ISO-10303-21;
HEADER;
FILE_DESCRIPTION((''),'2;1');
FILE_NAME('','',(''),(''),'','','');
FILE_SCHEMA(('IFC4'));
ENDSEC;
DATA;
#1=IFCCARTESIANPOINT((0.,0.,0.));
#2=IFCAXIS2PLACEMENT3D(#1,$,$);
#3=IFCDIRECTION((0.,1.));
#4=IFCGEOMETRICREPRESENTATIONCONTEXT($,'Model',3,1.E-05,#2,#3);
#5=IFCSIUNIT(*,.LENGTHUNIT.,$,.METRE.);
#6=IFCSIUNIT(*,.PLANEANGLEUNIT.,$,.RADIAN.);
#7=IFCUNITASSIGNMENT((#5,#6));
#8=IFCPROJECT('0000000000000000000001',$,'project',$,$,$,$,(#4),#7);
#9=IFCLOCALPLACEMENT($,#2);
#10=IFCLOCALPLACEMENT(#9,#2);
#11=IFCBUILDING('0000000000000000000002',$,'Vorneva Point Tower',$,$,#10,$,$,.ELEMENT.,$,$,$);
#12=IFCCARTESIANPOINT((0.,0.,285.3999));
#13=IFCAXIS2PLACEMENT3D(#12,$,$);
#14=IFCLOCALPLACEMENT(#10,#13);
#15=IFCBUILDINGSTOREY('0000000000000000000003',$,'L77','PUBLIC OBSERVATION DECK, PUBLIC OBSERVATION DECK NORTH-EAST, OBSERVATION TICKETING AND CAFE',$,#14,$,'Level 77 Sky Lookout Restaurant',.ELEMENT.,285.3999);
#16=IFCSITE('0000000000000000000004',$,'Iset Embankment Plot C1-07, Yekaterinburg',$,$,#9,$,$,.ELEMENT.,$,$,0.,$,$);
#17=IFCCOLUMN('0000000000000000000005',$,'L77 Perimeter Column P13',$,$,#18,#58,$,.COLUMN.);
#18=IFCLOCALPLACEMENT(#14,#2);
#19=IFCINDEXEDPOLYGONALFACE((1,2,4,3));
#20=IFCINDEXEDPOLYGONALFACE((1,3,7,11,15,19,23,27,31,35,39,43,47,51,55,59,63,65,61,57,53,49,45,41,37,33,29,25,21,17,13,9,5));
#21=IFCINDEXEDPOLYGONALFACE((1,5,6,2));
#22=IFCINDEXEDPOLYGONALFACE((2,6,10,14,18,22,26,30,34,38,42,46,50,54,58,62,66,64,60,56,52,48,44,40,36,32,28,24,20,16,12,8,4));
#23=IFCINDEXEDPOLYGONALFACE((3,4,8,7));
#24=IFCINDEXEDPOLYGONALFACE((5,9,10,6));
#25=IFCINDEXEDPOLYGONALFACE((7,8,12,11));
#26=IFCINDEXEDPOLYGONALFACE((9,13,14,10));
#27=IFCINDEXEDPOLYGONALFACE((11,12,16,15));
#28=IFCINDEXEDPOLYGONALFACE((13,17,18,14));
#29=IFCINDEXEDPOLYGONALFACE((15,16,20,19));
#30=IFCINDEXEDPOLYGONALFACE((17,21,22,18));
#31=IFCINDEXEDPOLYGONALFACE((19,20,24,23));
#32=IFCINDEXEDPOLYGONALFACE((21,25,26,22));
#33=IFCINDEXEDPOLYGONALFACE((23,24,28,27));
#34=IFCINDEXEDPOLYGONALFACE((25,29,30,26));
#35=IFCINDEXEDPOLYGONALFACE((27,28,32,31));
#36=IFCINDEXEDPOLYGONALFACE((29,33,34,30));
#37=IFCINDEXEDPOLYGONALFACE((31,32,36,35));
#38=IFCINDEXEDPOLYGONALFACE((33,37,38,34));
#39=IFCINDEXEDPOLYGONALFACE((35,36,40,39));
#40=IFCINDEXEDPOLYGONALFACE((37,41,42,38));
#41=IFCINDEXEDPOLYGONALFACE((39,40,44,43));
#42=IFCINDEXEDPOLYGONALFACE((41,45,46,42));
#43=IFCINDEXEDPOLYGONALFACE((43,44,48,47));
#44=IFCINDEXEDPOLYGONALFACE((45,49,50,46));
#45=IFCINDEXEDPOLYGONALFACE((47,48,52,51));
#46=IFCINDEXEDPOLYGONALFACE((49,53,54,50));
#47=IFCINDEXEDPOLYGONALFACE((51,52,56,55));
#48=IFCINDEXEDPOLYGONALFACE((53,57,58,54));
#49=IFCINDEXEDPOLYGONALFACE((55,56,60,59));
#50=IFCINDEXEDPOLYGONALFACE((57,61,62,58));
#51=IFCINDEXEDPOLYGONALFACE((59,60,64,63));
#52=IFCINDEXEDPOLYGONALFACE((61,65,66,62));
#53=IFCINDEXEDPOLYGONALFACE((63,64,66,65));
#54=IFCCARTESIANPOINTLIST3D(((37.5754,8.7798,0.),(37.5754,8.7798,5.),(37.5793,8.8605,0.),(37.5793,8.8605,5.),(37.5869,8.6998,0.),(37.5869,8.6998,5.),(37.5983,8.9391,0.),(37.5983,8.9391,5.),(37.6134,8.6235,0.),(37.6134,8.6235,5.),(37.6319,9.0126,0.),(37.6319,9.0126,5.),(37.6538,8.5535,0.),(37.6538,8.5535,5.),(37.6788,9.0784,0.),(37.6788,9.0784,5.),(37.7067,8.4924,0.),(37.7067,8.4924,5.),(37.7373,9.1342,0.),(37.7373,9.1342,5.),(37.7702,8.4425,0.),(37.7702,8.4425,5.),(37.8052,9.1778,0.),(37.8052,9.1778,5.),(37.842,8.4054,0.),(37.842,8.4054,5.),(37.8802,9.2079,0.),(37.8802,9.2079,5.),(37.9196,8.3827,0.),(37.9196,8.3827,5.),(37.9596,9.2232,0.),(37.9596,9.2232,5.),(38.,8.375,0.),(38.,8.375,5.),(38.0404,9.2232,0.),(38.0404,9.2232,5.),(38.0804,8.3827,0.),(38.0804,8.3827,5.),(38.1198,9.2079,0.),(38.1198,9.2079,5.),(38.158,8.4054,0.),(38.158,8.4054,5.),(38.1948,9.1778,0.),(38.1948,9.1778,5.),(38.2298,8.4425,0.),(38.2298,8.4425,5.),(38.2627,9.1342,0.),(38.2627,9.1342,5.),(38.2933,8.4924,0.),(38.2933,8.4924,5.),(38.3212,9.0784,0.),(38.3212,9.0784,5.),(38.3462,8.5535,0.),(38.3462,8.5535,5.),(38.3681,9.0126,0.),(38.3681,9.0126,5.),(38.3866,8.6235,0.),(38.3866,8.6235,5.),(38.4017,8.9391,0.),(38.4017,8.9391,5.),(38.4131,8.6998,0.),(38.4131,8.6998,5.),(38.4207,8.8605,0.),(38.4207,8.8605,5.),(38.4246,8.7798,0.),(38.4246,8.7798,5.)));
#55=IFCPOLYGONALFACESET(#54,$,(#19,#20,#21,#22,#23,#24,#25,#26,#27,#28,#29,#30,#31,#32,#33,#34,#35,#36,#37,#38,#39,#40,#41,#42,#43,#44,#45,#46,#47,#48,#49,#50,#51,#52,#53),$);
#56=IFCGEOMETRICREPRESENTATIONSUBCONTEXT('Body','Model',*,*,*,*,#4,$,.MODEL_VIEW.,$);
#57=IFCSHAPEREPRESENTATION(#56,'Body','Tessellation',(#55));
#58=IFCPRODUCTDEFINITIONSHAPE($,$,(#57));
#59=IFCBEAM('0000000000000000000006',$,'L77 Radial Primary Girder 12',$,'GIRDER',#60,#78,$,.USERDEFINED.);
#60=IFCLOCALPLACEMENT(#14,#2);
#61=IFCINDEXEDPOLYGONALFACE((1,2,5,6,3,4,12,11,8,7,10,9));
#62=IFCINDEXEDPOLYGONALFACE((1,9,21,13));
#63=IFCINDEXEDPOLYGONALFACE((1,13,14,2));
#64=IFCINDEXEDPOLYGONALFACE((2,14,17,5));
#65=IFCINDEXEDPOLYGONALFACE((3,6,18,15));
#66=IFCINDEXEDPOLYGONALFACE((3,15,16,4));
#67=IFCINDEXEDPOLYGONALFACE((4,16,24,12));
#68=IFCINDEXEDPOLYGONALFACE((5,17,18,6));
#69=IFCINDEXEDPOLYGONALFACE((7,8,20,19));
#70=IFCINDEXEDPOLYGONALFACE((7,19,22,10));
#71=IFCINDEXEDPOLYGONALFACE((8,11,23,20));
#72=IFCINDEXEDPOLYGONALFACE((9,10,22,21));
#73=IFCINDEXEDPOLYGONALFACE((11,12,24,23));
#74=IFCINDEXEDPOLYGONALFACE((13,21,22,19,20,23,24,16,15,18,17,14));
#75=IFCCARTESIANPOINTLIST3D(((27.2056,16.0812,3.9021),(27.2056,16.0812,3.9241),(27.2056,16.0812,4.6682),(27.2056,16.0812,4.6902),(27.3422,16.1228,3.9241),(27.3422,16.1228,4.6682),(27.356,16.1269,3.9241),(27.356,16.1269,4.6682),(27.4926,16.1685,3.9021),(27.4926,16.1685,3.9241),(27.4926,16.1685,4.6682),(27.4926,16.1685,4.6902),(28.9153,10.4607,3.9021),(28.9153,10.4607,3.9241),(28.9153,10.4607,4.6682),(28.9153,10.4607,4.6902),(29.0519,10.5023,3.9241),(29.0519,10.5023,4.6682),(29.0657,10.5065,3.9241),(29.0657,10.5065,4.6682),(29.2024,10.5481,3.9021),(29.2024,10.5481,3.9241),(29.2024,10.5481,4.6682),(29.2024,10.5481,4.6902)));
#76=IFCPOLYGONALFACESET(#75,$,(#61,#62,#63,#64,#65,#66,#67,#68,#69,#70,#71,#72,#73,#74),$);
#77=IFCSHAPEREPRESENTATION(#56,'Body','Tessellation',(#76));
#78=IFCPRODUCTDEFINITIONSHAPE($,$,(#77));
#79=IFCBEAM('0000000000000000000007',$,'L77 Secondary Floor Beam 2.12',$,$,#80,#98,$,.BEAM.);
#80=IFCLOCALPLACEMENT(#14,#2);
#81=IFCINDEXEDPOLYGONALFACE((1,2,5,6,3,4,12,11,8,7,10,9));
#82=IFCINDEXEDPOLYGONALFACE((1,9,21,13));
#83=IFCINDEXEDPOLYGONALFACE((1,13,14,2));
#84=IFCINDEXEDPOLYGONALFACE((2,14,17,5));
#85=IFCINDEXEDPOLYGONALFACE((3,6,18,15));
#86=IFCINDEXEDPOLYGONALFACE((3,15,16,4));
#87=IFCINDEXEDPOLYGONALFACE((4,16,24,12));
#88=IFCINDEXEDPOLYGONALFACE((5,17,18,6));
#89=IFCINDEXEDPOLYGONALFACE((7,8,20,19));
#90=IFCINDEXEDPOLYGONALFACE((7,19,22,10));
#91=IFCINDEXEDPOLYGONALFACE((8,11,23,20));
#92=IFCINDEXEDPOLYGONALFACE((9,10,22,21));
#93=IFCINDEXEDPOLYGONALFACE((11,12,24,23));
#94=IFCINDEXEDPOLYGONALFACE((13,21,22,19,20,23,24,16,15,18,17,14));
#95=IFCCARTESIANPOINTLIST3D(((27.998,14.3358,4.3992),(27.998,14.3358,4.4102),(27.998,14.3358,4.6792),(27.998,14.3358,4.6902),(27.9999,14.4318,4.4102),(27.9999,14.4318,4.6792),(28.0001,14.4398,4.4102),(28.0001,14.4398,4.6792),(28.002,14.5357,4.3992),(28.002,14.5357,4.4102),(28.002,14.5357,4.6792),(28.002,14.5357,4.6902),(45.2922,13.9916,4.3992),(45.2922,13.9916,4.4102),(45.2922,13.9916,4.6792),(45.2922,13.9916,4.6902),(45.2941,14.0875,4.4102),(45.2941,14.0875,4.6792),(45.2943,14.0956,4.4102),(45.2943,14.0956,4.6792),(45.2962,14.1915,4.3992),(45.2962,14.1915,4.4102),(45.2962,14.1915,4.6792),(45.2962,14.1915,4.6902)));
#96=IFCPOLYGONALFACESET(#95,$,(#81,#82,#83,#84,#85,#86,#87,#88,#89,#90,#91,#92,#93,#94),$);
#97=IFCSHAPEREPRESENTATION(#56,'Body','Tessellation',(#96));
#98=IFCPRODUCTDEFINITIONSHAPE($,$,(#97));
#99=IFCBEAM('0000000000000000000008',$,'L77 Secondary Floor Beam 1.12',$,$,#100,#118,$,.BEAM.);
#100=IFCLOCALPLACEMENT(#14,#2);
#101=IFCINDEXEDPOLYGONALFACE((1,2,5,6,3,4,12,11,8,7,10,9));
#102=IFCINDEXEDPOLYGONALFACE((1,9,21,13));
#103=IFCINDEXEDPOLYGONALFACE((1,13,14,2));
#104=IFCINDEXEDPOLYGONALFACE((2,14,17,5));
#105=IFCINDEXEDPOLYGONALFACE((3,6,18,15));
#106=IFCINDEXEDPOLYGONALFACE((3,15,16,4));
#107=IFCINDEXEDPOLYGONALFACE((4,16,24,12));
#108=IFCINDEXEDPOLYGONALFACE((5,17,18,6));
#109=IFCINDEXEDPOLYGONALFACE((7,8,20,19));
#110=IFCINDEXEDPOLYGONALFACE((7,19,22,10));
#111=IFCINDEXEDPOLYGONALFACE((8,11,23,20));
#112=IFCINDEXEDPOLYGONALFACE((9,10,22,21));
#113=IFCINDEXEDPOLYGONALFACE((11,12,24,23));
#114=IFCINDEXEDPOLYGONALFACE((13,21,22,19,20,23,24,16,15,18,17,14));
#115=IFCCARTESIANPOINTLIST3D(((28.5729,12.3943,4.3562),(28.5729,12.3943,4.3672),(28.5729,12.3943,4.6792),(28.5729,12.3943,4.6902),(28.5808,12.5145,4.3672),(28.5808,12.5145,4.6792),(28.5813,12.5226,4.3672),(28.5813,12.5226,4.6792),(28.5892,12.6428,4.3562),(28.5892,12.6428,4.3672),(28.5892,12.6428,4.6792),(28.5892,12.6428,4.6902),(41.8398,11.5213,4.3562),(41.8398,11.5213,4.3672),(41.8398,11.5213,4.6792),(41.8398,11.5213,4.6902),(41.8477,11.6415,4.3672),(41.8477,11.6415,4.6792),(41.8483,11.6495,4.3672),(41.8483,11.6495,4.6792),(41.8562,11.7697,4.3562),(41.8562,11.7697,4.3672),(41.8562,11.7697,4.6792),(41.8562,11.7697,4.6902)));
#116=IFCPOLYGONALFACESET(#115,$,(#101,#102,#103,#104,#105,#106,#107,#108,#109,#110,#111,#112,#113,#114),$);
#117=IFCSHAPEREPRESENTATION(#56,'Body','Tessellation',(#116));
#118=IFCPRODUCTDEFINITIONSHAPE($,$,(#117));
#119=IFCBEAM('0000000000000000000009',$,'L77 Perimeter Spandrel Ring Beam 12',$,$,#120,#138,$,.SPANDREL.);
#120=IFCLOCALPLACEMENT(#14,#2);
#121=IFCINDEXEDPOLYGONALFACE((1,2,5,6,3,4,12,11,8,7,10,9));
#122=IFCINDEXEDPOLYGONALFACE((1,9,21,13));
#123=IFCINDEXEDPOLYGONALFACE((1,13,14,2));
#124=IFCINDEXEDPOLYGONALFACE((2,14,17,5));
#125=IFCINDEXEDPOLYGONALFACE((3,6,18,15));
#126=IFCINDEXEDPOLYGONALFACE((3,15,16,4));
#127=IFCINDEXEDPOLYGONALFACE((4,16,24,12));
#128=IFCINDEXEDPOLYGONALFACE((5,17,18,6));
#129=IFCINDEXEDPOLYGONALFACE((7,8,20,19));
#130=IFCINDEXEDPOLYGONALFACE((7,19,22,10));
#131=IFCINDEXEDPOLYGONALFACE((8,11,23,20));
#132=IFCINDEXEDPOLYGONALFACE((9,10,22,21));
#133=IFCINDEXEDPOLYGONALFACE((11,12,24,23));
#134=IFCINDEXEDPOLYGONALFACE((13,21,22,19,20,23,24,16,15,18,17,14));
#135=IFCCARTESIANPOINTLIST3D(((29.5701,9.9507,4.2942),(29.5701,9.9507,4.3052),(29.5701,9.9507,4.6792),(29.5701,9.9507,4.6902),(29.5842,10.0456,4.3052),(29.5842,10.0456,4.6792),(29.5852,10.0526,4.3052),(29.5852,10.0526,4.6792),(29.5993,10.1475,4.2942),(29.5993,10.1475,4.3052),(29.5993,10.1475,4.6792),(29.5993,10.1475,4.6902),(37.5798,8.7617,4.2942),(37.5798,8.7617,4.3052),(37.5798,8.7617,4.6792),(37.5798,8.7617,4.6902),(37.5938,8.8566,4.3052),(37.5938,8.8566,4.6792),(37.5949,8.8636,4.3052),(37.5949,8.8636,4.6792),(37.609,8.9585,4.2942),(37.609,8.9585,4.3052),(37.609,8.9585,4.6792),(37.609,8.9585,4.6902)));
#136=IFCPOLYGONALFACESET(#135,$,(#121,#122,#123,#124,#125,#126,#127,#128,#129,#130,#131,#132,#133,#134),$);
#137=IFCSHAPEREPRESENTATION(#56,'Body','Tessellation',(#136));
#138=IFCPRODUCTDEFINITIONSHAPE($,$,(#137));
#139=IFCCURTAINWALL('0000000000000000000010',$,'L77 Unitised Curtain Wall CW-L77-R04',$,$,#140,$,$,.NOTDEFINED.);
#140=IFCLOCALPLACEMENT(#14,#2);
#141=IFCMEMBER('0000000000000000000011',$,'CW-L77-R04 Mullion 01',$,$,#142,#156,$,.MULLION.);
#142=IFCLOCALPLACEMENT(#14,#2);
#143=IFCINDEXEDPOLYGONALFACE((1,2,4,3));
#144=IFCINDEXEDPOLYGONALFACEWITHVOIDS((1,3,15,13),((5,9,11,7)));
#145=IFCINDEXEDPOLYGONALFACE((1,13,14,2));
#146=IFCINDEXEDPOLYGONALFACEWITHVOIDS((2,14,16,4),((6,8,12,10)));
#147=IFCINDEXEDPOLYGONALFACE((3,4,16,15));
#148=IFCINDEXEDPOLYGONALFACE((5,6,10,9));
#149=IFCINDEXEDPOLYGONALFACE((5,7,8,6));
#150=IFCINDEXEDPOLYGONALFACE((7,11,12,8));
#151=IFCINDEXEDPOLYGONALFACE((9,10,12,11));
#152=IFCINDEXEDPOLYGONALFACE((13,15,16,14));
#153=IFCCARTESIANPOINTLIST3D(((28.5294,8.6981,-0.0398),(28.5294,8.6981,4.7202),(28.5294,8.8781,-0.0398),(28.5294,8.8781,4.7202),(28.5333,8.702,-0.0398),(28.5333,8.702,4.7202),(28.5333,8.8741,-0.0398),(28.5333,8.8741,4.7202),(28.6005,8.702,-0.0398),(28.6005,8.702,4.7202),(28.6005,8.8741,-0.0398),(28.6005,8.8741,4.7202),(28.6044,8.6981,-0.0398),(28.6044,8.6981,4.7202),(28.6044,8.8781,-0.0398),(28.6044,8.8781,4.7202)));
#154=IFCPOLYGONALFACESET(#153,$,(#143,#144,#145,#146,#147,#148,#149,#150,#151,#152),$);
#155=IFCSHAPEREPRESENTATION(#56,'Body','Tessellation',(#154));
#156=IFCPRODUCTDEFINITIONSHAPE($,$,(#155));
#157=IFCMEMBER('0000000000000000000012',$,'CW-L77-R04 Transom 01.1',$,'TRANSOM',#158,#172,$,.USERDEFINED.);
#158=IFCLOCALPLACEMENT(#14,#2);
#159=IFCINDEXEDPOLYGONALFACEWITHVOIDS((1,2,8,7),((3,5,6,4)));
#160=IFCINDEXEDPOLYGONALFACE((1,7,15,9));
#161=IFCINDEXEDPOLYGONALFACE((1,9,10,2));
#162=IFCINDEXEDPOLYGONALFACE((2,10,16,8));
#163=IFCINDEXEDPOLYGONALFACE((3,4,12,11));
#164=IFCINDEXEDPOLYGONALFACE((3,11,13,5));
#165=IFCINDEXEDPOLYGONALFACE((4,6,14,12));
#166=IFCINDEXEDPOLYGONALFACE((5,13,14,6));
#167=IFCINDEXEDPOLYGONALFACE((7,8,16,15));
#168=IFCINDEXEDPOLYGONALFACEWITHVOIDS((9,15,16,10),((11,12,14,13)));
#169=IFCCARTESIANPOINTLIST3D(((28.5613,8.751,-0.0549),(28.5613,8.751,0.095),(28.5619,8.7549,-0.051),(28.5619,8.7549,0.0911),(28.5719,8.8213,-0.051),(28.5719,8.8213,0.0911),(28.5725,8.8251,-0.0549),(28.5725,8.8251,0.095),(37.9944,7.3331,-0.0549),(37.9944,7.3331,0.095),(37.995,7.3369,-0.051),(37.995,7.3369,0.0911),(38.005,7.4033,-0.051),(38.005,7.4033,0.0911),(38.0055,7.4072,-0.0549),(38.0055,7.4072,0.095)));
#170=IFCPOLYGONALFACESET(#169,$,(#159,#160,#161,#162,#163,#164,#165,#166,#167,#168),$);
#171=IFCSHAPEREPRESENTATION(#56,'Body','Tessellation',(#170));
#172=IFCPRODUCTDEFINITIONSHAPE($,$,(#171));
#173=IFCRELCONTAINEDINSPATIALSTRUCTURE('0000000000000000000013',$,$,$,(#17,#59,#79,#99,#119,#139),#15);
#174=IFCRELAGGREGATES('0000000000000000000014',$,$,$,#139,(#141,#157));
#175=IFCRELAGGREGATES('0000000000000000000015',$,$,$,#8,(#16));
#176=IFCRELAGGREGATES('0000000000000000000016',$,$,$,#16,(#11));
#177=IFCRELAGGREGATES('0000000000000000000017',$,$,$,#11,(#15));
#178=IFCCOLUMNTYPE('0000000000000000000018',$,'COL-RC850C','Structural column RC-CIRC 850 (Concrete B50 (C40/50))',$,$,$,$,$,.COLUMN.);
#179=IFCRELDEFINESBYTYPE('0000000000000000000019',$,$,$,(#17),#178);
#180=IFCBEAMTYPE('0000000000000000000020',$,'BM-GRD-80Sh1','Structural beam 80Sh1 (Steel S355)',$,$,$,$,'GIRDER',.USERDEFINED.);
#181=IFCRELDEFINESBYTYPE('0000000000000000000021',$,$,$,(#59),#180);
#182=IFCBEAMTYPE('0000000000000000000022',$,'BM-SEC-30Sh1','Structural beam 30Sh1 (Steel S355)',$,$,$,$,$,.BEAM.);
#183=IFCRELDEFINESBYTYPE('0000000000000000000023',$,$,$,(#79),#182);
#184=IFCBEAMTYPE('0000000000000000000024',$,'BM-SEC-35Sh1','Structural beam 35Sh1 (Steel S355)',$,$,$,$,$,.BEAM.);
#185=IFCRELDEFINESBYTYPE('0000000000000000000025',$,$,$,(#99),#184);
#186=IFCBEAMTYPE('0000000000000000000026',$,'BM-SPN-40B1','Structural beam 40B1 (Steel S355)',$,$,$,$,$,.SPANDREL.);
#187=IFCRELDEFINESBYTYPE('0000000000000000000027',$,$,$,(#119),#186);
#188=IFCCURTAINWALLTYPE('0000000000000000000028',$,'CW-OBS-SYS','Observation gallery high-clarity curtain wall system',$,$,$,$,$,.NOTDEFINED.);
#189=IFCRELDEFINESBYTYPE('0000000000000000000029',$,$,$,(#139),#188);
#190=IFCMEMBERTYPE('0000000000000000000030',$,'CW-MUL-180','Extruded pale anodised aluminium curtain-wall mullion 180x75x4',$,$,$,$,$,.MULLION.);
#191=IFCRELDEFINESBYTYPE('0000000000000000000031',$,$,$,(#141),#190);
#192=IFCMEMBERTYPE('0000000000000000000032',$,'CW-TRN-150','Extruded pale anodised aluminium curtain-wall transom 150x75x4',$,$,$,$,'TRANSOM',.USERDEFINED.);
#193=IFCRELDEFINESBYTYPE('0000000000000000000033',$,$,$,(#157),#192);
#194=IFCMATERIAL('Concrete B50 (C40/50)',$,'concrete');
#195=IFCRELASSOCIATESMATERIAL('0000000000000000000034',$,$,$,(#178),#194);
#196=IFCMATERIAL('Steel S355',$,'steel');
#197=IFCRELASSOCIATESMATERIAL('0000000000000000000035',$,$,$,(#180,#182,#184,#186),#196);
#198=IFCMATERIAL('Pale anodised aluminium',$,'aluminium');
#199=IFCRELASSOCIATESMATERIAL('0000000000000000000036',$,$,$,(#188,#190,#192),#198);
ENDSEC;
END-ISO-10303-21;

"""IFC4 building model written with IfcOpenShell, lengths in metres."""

from ifc_helpers import new_model, si_unit, direction, frame, origin, origin_2d, place, context, subcontext, project, spatial, hollow_rectangle, circle, i_section, extrude, material, material_profile, profile_set, type_object, element, aggregate, save


model = new_model("IFC4")

# Units and contexts
model_context = context("Model", 3, precision=1e-05, world=origin(), true_north=direction((0.0, 1.0)))
body_context = subcontext(model_context, "Body", "Model", "MODEL_VIEW")
ifc_project = project(units=[si_unit("LENGTHUNIT", "METRE"), si_unit("PLANEANGLEUNIT", "RADIAN")], contexts=[model_context])

# Site, building, storey
site_placement = place(None, origin())
site = spatial("IfcSite", under=ifc_project, at=site_placement, Name="Iset Embankment Plot C1-07, Yekaterinburg", CompositionType="ELEMENT", RefElevation=0.0)
building_placement = place(site_placement, origin())
building = spatial("IfcBuilding", under=site, at=building_placement, Name="Vorneva Point Tower", CompositionType="ELEMENT")
storey_placement = place(building_placement, frame((0.0, 0.0, 285.3999)))
storey = spatial("IfcBuildingStorey", under=building, at=storey_placement, Name="L77", Description="PUBLIC OBSERVATION DECK, PUBLIC OBSERVATION DECK NORTH-EAST, OBSERVATION TICKETING AND CAFE", LongName="Level 77 Sky Lookout Restaurant", CompositionType="ELEMENT", Elevation=285.3999)

# Column
ifc_material_1 = material(Name="Concrete B50 (C40/50)", Category="concrete")
ifc_material_profile_1 = material_profile(ifc_material_1, circle(Radius=0.425, at=origin_2d()), Name="RC-CIRC 850")
ifc_profile_set_1 = profile_set([ifc_material_profile_1], Name="Concrete B50 (C40/50)")
column_type = type_object("IfcColumnType", Name="COL-RC850C", Description="Structural column RC-CIRC 850 (Concrete B50 (C40/50))", PredefinedType="COLUMN", material=ifc_profile_set_1)
for number, where, z_axis, x_axis, name in (
    (1, (38.0, 8.8, 0.0), (0.0, 0.0, 1.0), (0.0, -1.0, 0.0), "L77 Perimeter Column P13"),
):
    element("IfcColumn", number, at=place(storey_placement, frame(where, z_axis=z_axis, x_axis=x_axis)), inside=storey, type_object=column_type, Name=name, PredefinedType="COLUMN", context=body_context, shape_type="SweptSolid", body=[
        extrude(circle(Radius=0.425, at=origin_2d()), origin(), (0.0, 0.0, 1.0), 5.0),
    ])

# Beams
ifc_material_2 = material(Name="Steel S355", Category="steel")
ifc_material_profile_2 = material_profile(ifc_material_2, i_section(OverallWidth=0.3, OverallDepth=0.7881, WebThickness=0.0144, FlangeThickness=0.022, at=origin_2d()), Name="80Sh1")
ifc_profile_set_2 = profile_set([ifc_material_profile_2], Name="Steel S355")
beam_type_1 = type_object("IfcBeamType", Name="BM-GRD-80Sh1", Description="Structural beam 80Sh1 (Steel S355)", ElementType="GIRDER", PredefinedType="USERDEFINED", material=ifc_profile_set_2)
beam_1_placement = place(storey_placement, frame((29.0588, 10.5044, 4.2961), z_axis=(-0.291033, 0.956713, 0.0), x_axis=(-0.956713, -0.291033, 0.0)))
element("IfcBeam", 2, at=beam_1_placement, inside=storey, type_object=beam_type_1, Name="L77 Radial Primary Girder 12", ObjectType="GIRDER", PredefinedType="USERDEFINED", context=body_context, shape_type="SweptSolid", body=[
    extrude(i_section(OverallWidth=0.3, OverallDepth=0.7881, WebThickness=0.0144, FlangeThickness=0.022, at=origin_2d()), origin(), (0.0, 0.0, 1.0), 5.8748),
])
ifc_material_profile_3 = material_profile(ifc_material_2, i_section(OverallWidth=0.2, OverallDepth=0.291, WebThickness=0.0081, FlangeThickness=0.011, at=origin_2d()), Name="30Sh1")
ifc_profile_set_3 = profile_set([ifc_material_profile_3], Name="Steel S355")
beam_type_2 = type_object("IfcBeamType", Name="BM-SEC-30Sh1", Description="Structural beam 30Sh1 (Steel S355)", PredefinedType="BEAM", material=ifc_profile_set_3)
beam_2_placement = place(storey_placement, frame((28.0, 14.4358, 4.5447), z_axis=(0.999802, -0.019901, 0.0), x_axis=(0.019901, 0.999802, 0.0)))
element("IfcBeam", 3, at=beam_2_placement, inside=storey, type_object=beam_type_2, Name="L77 Secondary Floor Beam 2.12", PredefinedType="BEAM", context=body_context, shape_type="SweptSolid", body=[
    extrude(i_section(OverallWidth=0.2, OverallDepth=0.291, WebThickness=0.0081, FlangeThickness=0.011, at=origin_2d()), origin(), (0.0, 0.0, 1.0), 17.2976),
])
ifc_material_profile_4 = material_profile(ifc_material_2, i_section(OverallWidth=0.249, OverallDepth=0.334, WebThickness=0.0081, FlangeThickness=0.011, at=origin_2d()), Name="35Sh1")
ifc_profile_set_4 = profile_set([ifc_material_profile_4], Name="Steel S355")
beam_type_3 = type_object("IfcBeamType", Name="BM-SEC-35Sh1", Description="Structural beam 35Sh1 (Steel S355)", PredefinedType="BEAM", material=ifc_profile_set_4)
beam_3_placement = place(storey_placement, frame((28.5811, 12.5186, 4.5232), z_axis=(0.997842, -0.065665, 0.0), x_axis=(0.065665, 0.997842, 0.0)))
element("IfcBeam", 4, at=beam_3_placement, inside=storey, type_object=beam_type_3, Name="L77 Secondary Floor Beam 1.12", PredefinedType="BEAM", context=body_context, shape_type="SweptSolid", body=[
    extrude(i_section(OverallWidth=0.249, OverallDepth=0.334, WebThickness=0.0081, FlangeThickness=0.011, at=origin_2d()), origin(), (0.0, 0.0, 1.0), 13.2957),
])
ifc_material_profile_5 = material_profile(ifc_material_2, i_section(OverallWidth=0.199, OverallDepth=0.396, WebThickness=0.0071, FlangeThickness=0.011, at=origin_2d()), Name="40B1")
ifc_profile_set_5 = profile_set([ifc_material_profile_5], Name="Steel S355")
beam_type_4 = type_object("IfcBeamType", Name="BM-SPN-40B1", Description="Structural beam 40B1 (Steel S355)", PredefinedType="SPANDREL", material=ifc_profile_set_5)
beam_4_placement = place(storey_placement, frame((29.5847, 10.0491, 4.4922), z_axis=(0.989162, -0.146831, 0.0), x_axis=(0.146831, 0.989162, 0.0)))
element("IfcBeam", 5, at=beam_4_placement, inside=storey, type_object=beam_type_4, Name="L77 Perimeter Spandrel Ring Beam 12", PredefinedType="SPANDREL", context=body_context, shape_type="SweptSolid", body=[
    extrude(i_section(OverallWidth=0.199, OverallDepth=0.396, WebThickness=0.0071, FlangeThickness=0.011, at=origin_2d()), origin(), (0.0, 0.0, 1.0), 8.0974),
])

# Curtain wall, members
ifc_material_3 = material(Name="Pale anodised aluminium", Category="aluminium")
curtain_wall_type = type_object("IfcCurtainWallType", Name="CW-OBS-SYS", Description="Observation gallery high-clarity curtain wall system", PredefinedType="NOTDEFINED", material=ifc_material_3)
curtain_wall_placement = place(storey_placement, origin())
curtain_wall = element("IfcCurtainWall", 6, at=curtain_wall_placement, inside=storey, type_object=curtain_wall_type, Name="L77 Unitised Curtain Wall CW-L77-R04", PredefinedType="NOTDEFINED")
ifc_material_profile_6 = material_profile(ifc_material_3, hollow_rectangle(XDim=0.075, YDim=0.1799, WallThickness=0.0039, at=origin_2d()), Name="AL-MUL 180x75x4")
ifc_profile_set_6 = profile_set([ifc_material_profile_6], Name="Pale anodised aluminium")
member_type_1 = type_object("IfcMemberType", Name="CW-MUL-180", Description="Extruded pale anodised aluminium curtain-wall mullion 180x75x4", PredefinedType="MULLION", material=ifc_profile_set_6)
member_1_placement = place(storey_placement, frame((28.5669, 8.7881, -0.0398), z_axis=(0.0, 0.0, 1.0), x_axis=(1.0, 0.0, 0.0)))
member_1 = element("IfcMember", 7, at=member_1_placement, type_object=member_type_1, Name="CW-L77-R04 Mullion 01", PredefinedType="MULLION", context=body_context, shape_type="SweptSolid", body=[
    extrude(hollow_rectangle(XDim=0.075, YDim=0.1799, WallThickness=0.0039, at=origin_2d()), origin(), (0.0, 0.0, 1.0), 4.76),
])
ifc_material_profile_7 = material_profile(ifc_material_3, hollow_rectangle(XDim=0.075, YDim=0.1499, WallThickness=0.0039, at=origin_2d()), Name="AL-TRN 150x75x4")
ifc_profile_set_7 = profile_set([ifc_material_profile_7], Name="Pale anodised aluminium")
member_type_2 = type_object("IfcMemberType", Name="CW-TRN-150", Description="Extruded pale anodised aluminium curtain-wall transom 150x75x4", ElementType="TRANSOM", PredefinedType="USERDEFINED", material=ifc_profile_set_7)
member_2_placement = place(storey_placement, frame((28.5669, 8.7881, 0.02), z_axis=(0.98889, -0.148648, 0.0), x_axis=(0.148648, 0.98889, 0.0)))
member_2 = element("IfcMember", 8, at=member_2_placement, type_object=member_type_2, Name="CW-L77-R04 Transom 01.1", ObjectType="TRANSOM", PredefinedType="USERDEFINED", context=body_context, shape_type="SweptSolid", body=[
    extrude(hollow_rectangle(XDim=0.075, YDim=0.1499, WallThickness=0.0039, at=origin_2d()), origin(), (0.0, 0.0, 1.0), 9.5391),
])
aggregate(curtain_wall, [member_1, member_2])

save(model, "model.ifc")
